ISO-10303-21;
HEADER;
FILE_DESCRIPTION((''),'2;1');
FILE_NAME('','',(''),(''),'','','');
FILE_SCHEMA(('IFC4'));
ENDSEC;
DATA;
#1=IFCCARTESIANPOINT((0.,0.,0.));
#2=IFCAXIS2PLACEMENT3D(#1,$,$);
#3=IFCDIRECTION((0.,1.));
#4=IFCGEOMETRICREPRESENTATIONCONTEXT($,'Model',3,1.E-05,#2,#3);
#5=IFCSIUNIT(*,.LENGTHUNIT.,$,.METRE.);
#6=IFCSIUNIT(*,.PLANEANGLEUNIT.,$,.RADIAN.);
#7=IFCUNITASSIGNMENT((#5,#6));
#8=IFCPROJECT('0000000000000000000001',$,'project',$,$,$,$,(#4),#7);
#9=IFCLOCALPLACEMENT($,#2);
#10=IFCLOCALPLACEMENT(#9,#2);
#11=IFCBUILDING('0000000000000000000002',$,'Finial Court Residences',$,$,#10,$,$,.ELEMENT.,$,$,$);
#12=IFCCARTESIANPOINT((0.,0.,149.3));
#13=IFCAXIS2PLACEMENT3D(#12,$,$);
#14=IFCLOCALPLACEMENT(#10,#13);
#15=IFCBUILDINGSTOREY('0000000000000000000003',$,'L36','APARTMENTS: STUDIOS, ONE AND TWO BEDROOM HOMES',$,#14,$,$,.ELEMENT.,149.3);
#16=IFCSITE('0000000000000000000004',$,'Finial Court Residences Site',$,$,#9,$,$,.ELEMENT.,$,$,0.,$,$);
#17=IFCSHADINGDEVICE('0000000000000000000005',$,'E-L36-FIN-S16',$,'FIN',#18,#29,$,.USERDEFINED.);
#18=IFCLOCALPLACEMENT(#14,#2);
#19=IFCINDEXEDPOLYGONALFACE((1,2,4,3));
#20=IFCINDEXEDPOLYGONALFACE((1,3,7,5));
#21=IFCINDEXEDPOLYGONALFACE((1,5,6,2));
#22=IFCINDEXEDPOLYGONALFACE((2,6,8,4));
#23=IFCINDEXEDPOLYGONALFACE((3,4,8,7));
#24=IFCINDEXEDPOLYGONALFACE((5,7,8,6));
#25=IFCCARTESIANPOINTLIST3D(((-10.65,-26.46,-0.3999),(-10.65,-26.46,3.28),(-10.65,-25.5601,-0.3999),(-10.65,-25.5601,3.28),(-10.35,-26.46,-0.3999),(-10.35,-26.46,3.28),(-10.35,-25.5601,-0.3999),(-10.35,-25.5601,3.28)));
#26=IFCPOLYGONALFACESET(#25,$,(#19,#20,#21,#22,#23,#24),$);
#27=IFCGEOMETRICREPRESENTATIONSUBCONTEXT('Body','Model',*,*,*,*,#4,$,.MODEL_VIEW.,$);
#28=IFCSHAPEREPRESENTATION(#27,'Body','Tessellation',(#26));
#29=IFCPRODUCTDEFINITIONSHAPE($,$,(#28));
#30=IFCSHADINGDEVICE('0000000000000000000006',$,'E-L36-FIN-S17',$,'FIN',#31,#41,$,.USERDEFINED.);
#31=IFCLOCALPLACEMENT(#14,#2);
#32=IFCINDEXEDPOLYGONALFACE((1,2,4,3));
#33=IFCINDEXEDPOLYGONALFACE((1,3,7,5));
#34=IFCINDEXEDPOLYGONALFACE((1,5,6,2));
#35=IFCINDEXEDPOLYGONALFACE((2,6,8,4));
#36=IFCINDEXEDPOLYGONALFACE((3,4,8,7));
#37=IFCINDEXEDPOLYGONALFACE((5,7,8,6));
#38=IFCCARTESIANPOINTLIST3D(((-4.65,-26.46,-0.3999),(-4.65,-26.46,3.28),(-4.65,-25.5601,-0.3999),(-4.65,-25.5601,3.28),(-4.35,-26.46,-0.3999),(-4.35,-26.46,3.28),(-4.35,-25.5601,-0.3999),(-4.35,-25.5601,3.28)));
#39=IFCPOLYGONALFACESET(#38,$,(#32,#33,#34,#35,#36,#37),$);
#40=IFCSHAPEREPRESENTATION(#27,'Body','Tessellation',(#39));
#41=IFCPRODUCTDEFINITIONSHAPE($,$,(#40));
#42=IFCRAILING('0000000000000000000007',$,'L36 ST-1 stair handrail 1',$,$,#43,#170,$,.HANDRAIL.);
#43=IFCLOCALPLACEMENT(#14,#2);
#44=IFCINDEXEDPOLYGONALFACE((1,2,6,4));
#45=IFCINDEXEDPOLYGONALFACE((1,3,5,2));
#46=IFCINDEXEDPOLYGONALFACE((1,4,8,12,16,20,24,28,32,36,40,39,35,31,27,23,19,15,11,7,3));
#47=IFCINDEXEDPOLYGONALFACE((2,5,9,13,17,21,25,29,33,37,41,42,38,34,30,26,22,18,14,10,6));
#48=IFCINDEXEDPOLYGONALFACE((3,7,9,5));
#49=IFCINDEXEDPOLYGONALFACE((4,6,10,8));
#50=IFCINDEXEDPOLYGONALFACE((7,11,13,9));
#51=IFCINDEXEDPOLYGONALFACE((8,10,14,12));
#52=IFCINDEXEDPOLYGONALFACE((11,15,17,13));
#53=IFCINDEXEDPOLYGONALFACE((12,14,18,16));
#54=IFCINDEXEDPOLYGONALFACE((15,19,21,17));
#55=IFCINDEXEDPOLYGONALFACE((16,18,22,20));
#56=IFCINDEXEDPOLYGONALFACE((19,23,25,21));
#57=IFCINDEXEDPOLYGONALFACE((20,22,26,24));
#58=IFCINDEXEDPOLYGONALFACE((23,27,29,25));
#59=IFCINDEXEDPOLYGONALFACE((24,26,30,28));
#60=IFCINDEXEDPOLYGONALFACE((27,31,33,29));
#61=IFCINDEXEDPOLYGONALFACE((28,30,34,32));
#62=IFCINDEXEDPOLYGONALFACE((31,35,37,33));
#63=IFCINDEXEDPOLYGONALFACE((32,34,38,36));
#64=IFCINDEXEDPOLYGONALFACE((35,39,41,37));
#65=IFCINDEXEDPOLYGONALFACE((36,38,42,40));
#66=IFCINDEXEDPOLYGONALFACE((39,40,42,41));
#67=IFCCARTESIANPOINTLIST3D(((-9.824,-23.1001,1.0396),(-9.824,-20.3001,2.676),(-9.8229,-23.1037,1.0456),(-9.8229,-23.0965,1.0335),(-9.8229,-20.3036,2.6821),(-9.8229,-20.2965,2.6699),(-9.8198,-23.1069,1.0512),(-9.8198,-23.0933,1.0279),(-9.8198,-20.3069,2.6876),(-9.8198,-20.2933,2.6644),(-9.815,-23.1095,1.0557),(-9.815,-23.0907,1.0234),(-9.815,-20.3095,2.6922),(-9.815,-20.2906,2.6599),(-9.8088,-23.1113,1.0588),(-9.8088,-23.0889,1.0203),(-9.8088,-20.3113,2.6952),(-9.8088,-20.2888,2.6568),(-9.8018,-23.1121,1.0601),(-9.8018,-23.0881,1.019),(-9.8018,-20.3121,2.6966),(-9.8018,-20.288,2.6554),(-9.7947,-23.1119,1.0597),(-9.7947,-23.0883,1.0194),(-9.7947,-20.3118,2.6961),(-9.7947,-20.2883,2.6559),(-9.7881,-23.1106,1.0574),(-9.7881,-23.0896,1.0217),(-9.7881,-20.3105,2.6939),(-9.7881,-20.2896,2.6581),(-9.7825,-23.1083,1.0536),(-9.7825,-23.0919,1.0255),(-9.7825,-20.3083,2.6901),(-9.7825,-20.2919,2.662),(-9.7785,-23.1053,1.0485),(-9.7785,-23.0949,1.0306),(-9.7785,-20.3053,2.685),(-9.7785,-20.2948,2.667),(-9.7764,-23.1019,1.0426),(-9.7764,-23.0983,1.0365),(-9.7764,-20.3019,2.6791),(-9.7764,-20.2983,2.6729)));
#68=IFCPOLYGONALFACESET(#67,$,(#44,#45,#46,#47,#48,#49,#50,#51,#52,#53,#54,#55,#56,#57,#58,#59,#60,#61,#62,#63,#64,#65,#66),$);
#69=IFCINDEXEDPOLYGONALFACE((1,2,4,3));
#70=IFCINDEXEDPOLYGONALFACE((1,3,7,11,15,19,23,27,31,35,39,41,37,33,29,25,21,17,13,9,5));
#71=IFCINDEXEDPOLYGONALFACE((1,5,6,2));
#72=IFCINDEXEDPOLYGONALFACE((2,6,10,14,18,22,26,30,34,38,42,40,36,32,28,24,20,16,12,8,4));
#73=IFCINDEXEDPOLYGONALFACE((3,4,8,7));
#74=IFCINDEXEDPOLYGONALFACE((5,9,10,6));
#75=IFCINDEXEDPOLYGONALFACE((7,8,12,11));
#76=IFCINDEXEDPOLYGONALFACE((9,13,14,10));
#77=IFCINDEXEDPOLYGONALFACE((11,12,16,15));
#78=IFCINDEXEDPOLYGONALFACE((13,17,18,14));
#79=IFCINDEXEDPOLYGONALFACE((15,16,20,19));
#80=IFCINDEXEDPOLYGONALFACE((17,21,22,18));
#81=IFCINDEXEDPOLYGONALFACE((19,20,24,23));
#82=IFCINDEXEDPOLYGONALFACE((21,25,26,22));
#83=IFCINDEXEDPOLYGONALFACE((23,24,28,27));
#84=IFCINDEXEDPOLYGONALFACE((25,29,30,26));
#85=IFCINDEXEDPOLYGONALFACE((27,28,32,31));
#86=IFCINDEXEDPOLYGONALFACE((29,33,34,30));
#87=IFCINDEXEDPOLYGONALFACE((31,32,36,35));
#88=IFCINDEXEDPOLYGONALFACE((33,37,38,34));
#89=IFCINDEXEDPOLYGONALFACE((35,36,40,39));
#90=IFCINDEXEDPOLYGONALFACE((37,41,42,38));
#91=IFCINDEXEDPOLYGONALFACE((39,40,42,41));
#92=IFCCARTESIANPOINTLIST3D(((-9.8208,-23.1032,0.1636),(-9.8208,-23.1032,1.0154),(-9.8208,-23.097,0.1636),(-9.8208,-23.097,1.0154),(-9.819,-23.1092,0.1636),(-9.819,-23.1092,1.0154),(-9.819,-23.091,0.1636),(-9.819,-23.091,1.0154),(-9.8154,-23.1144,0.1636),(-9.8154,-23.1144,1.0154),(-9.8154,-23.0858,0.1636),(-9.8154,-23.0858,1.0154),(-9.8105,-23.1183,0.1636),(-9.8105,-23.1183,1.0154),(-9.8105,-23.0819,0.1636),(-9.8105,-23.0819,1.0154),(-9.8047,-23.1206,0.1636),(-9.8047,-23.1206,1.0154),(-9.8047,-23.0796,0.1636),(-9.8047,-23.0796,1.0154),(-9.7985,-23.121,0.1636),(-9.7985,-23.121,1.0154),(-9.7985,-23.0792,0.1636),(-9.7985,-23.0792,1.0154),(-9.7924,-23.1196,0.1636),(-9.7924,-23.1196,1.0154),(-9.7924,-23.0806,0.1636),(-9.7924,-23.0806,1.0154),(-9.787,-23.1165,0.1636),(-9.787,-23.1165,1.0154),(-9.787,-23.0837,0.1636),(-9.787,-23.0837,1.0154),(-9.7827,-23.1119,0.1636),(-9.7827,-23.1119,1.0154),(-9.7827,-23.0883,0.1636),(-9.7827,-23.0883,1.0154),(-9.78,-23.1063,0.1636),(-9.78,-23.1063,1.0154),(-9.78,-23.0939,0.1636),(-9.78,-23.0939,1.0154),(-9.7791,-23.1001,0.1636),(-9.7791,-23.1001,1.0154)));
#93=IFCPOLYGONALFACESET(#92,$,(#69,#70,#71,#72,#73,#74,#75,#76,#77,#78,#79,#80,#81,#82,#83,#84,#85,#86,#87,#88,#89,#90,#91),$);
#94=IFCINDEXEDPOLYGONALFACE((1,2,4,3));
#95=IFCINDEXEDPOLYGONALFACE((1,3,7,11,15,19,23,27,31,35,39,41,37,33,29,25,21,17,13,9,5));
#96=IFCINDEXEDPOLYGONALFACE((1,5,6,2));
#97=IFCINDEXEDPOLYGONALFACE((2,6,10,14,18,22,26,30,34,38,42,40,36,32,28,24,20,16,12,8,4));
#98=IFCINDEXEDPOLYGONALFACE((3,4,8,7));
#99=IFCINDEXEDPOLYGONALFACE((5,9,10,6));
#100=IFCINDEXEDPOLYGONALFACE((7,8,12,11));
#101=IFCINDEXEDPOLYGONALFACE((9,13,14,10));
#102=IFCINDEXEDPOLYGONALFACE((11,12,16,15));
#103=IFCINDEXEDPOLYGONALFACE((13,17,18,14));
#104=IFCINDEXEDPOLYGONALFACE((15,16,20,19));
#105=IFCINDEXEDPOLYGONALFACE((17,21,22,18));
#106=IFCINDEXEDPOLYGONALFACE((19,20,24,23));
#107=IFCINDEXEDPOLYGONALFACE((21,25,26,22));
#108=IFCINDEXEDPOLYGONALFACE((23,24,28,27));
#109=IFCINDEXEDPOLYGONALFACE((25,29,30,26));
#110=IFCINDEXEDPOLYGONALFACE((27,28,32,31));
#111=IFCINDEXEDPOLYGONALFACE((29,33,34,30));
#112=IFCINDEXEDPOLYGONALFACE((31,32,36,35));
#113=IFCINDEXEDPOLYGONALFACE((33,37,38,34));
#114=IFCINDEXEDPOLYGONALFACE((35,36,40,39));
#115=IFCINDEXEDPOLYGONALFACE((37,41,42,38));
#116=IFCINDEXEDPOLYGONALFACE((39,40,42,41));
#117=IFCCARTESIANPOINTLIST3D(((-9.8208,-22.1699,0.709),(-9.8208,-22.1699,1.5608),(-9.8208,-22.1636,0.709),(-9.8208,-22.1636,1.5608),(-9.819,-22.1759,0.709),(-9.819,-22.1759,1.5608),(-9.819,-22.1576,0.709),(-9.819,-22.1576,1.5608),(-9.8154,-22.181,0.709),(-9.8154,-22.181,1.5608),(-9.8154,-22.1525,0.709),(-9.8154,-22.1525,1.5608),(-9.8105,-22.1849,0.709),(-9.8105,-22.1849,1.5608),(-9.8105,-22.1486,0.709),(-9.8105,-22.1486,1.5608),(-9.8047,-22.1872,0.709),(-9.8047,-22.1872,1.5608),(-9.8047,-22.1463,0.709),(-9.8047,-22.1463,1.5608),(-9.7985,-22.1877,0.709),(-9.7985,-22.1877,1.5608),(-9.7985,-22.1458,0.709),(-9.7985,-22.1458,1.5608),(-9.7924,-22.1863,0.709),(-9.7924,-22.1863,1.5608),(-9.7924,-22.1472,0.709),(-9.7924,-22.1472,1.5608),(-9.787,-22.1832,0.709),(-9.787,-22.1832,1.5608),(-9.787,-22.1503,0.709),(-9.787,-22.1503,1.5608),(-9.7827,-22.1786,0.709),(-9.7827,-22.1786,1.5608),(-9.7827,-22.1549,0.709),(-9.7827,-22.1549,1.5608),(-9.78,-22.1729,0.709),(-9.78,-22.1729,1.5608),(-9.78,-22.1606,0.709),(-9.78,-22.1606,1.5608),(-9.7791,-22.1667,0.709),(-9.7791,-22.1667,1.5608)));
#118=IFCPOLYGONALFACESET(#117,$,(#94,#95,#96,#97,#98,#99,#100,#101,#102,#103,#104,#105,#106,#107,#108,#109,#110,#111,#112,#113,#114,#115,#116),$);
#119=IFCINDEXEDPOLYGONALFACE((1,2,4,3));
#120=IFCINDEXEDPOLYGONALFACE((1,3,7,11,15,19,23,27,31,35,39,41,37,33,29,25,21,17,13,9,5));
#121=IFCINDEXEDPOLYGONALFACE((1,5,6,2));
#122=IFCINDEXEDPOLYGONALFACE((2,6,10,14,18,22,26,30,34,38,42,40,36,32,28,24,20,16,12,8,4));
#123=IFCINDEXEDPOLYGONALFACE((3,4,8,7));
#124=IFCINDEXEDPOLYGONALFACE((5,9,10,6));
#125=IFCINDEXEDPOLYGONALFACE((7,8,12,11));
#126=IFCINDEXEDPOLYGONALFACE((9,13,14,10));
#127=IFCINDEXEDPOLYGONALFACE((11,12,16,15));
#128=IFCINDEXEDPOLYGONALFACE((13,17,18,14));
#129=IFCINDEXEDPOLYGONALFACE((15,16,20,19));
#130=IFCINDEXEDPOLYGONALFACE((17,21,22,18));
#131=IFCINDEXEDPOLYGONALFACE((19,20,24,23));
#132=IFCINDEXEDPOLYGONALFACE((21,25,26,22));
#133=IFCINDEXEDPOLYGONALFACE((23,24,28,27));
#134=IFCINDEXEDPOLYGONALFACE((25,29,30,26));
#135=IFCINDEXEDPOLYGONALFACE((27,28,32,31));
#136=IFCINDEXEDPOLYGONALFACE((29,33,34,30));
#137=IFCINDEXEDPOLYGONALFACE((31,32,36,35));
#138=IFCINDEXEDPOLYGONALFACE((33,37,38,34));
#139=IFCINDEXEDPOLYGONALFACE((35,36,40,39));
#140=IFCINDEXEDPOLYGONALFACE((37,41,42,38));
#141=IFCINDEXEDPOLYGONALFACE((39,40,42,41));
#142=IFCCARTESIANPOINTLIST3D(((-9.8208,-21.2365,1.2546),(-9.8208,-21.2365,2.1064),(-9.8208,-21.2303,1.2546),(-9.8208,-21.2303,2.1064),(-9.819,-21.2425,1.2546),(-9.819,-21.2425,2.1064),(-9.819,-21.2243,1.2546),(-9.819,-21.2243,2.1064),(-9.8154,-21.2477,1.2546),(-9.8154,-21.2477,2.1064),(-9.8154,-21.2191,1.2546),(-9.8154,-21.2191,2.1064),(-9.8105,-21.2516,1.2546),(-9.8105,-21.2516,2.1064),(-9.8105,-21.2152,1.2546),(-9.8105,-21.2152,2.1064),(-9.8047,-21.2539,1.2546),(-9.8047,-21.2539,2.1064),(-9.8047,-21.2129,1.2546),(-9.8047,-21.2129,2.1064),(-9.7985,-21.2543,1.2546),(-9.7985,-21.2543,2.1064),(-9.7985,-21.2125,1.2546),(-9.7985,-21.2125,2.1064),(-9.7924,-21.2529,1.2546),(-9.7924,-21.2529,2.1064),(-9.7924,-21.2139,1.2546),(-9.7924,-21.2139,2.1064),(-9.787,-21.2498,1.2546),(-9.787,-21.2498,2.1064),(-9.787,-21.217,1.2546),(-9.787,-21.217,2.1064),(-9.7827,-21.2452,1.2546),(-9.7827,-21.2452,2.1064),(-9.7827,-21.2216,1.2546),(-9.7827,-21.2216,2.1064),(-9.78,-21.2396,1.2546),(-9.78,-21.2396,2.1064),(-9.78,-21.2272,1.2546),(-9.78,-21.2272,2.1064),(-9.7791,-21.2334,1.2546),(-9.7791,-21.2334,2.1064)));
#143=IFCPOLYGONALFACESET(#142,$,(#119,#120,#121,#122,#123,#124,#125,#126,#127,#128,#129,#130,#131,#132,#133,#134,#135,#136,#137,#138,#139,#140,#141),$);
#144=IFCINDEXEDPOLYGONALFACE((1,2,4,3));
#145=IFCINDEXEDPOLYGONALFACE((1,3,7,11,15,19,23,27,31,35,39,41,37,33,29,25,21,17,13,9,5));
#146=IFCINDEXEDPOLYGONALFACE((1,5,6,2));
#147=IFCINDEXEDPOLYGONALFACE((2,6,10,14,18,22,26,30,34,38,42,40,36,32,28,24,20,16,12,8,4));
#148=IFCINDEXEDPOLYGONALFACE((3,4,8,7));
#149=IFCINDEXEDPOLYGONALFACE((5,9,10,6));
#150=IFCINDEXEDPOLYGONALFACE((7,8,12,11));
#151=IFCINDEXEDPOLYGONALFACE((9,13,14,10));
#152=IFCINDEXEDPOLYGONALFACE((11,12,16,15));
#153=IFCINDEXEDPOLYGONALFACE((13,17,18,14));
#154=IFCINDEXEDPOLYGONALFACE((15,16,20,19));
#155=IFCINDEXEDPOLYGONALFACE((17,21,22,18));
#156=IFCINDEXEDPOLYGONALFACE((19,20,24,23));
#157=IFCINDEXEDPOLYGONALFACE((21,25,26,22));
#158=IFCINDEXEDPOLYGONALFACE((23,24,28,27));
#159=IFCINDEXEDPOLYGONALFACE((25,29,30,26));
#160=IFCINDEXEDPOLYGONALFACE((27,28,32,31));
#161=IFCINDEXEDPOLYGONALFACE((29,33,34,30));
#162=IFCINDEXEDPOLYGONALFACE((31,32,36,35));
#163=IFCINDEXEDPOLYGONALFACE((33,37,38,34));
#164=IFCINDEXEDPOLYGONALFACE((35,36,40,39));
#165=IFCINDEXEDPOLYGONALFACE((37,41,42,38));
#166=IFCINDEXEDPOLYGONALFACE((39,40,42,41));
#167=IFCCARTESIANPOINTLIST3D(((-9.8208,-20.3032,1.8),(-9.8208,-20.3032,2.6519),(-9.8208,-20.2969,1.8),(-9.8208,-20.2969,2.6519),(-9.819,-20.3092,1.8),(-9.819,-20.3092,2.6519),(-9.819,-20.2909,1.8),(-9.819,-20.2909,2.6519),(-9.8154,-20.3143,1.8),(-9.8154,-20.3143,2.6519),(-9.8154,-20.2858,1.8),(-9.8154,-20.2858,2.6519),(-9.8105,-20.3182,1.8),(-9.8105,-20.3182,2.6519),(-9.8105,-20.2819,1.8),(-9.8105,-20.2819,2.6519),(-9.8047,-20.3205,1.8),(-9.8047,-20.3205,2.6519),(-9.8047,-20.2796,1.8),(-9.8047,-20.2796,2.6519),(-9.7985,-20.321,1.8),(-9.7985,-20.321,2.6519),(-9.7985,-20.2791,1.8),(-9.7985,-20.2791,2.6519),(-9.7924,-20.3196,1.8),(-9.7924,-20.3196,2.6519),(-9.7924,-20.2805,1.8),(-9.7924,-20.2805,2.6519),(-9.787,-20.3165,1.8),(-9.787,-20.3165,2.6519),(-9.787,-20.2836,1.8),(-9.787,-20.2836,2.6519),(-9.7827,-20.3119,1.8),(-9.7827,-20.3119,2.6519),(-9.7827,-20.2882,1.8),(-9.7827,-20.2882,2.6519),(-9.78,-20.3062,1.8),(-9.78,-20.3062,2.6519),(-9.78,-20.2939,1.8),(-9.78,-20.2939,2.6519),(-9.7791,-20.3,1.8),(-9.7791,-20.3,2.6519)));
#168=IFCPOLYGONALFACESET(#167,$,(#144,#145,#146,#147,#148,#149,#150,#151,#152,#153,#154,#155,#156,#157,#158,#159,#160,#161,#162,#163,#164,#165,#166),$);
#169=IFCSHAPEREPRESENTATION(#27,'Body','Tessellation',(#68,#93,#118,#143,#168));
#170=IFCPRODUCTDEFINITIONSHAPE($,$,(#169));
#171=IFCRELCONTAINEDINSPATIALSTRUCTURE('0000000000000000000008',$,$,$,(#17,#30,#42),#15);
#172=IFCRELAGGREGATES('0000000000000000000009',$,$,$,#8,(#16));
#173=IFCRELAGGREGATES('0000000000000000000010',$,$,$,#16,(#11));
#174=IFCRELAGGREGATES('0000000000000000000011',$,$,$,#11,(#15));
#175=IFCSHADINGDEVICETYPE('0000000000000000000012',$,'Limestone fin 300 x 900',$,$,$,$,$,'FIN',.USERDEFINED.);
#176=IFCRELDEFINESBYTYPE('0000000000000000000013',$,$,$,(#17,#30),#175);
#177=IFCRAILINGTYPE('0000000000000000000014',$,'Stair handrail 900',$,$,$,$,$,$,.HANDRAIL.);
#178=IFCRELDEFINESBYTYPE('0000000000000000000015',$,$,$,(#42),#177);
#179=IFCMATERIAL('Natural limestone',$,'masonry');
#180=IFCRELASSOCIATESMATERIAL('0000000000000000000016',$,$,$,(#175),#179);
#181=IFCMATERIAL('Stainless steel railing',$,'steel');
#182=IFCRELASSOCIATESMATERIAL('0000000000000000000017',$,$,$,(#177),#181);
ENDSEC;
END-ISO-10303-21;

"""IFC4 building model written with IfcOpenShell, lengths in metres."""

from ifc_helpers import new_model, si_unit, direction, frame, origin, origin_2d, place, context, subcontext, project, spatial, rectangle, circle, extrude, material, type_object, element, save


model = new_model("IFC4")

# Units and contexts
model_context = context("Model", 3, precision=1e-05, world=origin(), true_north=direction((0.0, 1.0)))
body_context = subcontext(model_context, "Body", "Model", "MODEL_VIEW")
ifc_project = project(units=[si_unit("LENGTHUNIT", "METRE"), si_unit("PLANEANGLEUNIT", "RADIAN")], contexts=[model_context])

# Site, building, storey
site_placement = place(None, origin())
site = spatial("IfcSite", under=ifc_project, at=site_placement, Name="Finial Court Residences Site", CompositionType="ELEMENT", RefElevation=0.0)
building_placement = place(site_placement, origin())
building = spatial("IfcBuilding", under=site, at=building_placement, Name="Finial Court Residences", CompositionType="ELEMENT")
storey_placement = place(building_placement, frame((0.0, 0.0, 149.3)))
storey = spatial("IfcBuildingStorey", under=building, at=storey_placement, Name="L36", Description="APARTMENTS: STUDIOS, ONE AND TWO BEDROOM HOMES", CompositionType="ELEMENT", Elevation=149.3)

# Shading devices
ifc_material_1 = material(Name="Natural limestone", Category="masonry")
shading_device_type = type_object("IfcShadingDeviceType", Name="Limestone fin 300 x 900", ElementType="FIN", PredefinedType="USERDEFINED", material=ifc_material_1)
for number, where, z_axis, x_axis, name in (
    (1, (-10.5, -26.01, -0.3999), (0.0, 0.0, 1.0), (1.0, 0.0, 0.0), "E-L36-FIN-S16"),
    (2, (-4.5, -26.01, -0.3999), (0.0, 0.0, 1.0), (1.0, 0.0, 0.0), "E-L36-FIN-S17"),
):
    element("IfcShadingDevice", number, at=place(storey_placement, frame(where, z_axis=z_axis, x_axis=x_axis)), inside=storey, type_object=shading_device_type, Name=name, ObjectType="FIN", PredefinedType="USERDEFINED", context=body_context, shape_type="SweptSolid", body=[
        extrude(rectangle(XDim=0.3, YDim=0.8999, at=origin_2d()), origin(), (0.0, 0.0, 1.0), 3.6799),
    ])

# Railing
ifc_material_2 = material(Name="Stainless steel railing", Category="steel")
railing_type_1 = type_object("IfcRailingType", Name="Stair handrail 900", PredefinedType="HANDRAIL", material=ifc_material_2)
railing_1_placement = place(storey_placement, frame((-9.8, -23.1001, 0.1636)))
element("IfcRailing", 3, at=railing_1_placement, inside=storey, type_object=railing_type_1, Name="L36 ST-1 stair handrail 1", PredefinedType="HANDRAIL", context=body_context, shape_type="SweptSolid", body=[
    extrude(circle(Radius=0.0239, at=origin_2d()), frame((0.0, 0.0, 0.876), z_axis=(0.0, 0.863361, 0.504587), x_axis=(-1.0, 0.0, 0.0)), (0.0, 0.0, 1.0), 3.2432),
    extrude(circle(Radius=0.021, at=origin_2d()), origin(), (0.0, 0.0, 1.0), 0.8518),
    extrude(circle(Radius=0.021, at=origin_2d()), frame((0.0, 0.9333, 0.5454)), (0.0, 0.0, 1.0), 0.8518),
    extrude(circle(Radius=0.021, at=origin_2d()), frame((0.0, 1.8667, 1.0911)), (0.0, 0.0, 1.0), 0.8518),
    extrude(circle(Radius=0.021, at=origin_2d()), frame((0.0, 2.8, 1.6365)), (0.0, 0.0, 1.0), 0.8518),
])

save(model, "model.ifc")
